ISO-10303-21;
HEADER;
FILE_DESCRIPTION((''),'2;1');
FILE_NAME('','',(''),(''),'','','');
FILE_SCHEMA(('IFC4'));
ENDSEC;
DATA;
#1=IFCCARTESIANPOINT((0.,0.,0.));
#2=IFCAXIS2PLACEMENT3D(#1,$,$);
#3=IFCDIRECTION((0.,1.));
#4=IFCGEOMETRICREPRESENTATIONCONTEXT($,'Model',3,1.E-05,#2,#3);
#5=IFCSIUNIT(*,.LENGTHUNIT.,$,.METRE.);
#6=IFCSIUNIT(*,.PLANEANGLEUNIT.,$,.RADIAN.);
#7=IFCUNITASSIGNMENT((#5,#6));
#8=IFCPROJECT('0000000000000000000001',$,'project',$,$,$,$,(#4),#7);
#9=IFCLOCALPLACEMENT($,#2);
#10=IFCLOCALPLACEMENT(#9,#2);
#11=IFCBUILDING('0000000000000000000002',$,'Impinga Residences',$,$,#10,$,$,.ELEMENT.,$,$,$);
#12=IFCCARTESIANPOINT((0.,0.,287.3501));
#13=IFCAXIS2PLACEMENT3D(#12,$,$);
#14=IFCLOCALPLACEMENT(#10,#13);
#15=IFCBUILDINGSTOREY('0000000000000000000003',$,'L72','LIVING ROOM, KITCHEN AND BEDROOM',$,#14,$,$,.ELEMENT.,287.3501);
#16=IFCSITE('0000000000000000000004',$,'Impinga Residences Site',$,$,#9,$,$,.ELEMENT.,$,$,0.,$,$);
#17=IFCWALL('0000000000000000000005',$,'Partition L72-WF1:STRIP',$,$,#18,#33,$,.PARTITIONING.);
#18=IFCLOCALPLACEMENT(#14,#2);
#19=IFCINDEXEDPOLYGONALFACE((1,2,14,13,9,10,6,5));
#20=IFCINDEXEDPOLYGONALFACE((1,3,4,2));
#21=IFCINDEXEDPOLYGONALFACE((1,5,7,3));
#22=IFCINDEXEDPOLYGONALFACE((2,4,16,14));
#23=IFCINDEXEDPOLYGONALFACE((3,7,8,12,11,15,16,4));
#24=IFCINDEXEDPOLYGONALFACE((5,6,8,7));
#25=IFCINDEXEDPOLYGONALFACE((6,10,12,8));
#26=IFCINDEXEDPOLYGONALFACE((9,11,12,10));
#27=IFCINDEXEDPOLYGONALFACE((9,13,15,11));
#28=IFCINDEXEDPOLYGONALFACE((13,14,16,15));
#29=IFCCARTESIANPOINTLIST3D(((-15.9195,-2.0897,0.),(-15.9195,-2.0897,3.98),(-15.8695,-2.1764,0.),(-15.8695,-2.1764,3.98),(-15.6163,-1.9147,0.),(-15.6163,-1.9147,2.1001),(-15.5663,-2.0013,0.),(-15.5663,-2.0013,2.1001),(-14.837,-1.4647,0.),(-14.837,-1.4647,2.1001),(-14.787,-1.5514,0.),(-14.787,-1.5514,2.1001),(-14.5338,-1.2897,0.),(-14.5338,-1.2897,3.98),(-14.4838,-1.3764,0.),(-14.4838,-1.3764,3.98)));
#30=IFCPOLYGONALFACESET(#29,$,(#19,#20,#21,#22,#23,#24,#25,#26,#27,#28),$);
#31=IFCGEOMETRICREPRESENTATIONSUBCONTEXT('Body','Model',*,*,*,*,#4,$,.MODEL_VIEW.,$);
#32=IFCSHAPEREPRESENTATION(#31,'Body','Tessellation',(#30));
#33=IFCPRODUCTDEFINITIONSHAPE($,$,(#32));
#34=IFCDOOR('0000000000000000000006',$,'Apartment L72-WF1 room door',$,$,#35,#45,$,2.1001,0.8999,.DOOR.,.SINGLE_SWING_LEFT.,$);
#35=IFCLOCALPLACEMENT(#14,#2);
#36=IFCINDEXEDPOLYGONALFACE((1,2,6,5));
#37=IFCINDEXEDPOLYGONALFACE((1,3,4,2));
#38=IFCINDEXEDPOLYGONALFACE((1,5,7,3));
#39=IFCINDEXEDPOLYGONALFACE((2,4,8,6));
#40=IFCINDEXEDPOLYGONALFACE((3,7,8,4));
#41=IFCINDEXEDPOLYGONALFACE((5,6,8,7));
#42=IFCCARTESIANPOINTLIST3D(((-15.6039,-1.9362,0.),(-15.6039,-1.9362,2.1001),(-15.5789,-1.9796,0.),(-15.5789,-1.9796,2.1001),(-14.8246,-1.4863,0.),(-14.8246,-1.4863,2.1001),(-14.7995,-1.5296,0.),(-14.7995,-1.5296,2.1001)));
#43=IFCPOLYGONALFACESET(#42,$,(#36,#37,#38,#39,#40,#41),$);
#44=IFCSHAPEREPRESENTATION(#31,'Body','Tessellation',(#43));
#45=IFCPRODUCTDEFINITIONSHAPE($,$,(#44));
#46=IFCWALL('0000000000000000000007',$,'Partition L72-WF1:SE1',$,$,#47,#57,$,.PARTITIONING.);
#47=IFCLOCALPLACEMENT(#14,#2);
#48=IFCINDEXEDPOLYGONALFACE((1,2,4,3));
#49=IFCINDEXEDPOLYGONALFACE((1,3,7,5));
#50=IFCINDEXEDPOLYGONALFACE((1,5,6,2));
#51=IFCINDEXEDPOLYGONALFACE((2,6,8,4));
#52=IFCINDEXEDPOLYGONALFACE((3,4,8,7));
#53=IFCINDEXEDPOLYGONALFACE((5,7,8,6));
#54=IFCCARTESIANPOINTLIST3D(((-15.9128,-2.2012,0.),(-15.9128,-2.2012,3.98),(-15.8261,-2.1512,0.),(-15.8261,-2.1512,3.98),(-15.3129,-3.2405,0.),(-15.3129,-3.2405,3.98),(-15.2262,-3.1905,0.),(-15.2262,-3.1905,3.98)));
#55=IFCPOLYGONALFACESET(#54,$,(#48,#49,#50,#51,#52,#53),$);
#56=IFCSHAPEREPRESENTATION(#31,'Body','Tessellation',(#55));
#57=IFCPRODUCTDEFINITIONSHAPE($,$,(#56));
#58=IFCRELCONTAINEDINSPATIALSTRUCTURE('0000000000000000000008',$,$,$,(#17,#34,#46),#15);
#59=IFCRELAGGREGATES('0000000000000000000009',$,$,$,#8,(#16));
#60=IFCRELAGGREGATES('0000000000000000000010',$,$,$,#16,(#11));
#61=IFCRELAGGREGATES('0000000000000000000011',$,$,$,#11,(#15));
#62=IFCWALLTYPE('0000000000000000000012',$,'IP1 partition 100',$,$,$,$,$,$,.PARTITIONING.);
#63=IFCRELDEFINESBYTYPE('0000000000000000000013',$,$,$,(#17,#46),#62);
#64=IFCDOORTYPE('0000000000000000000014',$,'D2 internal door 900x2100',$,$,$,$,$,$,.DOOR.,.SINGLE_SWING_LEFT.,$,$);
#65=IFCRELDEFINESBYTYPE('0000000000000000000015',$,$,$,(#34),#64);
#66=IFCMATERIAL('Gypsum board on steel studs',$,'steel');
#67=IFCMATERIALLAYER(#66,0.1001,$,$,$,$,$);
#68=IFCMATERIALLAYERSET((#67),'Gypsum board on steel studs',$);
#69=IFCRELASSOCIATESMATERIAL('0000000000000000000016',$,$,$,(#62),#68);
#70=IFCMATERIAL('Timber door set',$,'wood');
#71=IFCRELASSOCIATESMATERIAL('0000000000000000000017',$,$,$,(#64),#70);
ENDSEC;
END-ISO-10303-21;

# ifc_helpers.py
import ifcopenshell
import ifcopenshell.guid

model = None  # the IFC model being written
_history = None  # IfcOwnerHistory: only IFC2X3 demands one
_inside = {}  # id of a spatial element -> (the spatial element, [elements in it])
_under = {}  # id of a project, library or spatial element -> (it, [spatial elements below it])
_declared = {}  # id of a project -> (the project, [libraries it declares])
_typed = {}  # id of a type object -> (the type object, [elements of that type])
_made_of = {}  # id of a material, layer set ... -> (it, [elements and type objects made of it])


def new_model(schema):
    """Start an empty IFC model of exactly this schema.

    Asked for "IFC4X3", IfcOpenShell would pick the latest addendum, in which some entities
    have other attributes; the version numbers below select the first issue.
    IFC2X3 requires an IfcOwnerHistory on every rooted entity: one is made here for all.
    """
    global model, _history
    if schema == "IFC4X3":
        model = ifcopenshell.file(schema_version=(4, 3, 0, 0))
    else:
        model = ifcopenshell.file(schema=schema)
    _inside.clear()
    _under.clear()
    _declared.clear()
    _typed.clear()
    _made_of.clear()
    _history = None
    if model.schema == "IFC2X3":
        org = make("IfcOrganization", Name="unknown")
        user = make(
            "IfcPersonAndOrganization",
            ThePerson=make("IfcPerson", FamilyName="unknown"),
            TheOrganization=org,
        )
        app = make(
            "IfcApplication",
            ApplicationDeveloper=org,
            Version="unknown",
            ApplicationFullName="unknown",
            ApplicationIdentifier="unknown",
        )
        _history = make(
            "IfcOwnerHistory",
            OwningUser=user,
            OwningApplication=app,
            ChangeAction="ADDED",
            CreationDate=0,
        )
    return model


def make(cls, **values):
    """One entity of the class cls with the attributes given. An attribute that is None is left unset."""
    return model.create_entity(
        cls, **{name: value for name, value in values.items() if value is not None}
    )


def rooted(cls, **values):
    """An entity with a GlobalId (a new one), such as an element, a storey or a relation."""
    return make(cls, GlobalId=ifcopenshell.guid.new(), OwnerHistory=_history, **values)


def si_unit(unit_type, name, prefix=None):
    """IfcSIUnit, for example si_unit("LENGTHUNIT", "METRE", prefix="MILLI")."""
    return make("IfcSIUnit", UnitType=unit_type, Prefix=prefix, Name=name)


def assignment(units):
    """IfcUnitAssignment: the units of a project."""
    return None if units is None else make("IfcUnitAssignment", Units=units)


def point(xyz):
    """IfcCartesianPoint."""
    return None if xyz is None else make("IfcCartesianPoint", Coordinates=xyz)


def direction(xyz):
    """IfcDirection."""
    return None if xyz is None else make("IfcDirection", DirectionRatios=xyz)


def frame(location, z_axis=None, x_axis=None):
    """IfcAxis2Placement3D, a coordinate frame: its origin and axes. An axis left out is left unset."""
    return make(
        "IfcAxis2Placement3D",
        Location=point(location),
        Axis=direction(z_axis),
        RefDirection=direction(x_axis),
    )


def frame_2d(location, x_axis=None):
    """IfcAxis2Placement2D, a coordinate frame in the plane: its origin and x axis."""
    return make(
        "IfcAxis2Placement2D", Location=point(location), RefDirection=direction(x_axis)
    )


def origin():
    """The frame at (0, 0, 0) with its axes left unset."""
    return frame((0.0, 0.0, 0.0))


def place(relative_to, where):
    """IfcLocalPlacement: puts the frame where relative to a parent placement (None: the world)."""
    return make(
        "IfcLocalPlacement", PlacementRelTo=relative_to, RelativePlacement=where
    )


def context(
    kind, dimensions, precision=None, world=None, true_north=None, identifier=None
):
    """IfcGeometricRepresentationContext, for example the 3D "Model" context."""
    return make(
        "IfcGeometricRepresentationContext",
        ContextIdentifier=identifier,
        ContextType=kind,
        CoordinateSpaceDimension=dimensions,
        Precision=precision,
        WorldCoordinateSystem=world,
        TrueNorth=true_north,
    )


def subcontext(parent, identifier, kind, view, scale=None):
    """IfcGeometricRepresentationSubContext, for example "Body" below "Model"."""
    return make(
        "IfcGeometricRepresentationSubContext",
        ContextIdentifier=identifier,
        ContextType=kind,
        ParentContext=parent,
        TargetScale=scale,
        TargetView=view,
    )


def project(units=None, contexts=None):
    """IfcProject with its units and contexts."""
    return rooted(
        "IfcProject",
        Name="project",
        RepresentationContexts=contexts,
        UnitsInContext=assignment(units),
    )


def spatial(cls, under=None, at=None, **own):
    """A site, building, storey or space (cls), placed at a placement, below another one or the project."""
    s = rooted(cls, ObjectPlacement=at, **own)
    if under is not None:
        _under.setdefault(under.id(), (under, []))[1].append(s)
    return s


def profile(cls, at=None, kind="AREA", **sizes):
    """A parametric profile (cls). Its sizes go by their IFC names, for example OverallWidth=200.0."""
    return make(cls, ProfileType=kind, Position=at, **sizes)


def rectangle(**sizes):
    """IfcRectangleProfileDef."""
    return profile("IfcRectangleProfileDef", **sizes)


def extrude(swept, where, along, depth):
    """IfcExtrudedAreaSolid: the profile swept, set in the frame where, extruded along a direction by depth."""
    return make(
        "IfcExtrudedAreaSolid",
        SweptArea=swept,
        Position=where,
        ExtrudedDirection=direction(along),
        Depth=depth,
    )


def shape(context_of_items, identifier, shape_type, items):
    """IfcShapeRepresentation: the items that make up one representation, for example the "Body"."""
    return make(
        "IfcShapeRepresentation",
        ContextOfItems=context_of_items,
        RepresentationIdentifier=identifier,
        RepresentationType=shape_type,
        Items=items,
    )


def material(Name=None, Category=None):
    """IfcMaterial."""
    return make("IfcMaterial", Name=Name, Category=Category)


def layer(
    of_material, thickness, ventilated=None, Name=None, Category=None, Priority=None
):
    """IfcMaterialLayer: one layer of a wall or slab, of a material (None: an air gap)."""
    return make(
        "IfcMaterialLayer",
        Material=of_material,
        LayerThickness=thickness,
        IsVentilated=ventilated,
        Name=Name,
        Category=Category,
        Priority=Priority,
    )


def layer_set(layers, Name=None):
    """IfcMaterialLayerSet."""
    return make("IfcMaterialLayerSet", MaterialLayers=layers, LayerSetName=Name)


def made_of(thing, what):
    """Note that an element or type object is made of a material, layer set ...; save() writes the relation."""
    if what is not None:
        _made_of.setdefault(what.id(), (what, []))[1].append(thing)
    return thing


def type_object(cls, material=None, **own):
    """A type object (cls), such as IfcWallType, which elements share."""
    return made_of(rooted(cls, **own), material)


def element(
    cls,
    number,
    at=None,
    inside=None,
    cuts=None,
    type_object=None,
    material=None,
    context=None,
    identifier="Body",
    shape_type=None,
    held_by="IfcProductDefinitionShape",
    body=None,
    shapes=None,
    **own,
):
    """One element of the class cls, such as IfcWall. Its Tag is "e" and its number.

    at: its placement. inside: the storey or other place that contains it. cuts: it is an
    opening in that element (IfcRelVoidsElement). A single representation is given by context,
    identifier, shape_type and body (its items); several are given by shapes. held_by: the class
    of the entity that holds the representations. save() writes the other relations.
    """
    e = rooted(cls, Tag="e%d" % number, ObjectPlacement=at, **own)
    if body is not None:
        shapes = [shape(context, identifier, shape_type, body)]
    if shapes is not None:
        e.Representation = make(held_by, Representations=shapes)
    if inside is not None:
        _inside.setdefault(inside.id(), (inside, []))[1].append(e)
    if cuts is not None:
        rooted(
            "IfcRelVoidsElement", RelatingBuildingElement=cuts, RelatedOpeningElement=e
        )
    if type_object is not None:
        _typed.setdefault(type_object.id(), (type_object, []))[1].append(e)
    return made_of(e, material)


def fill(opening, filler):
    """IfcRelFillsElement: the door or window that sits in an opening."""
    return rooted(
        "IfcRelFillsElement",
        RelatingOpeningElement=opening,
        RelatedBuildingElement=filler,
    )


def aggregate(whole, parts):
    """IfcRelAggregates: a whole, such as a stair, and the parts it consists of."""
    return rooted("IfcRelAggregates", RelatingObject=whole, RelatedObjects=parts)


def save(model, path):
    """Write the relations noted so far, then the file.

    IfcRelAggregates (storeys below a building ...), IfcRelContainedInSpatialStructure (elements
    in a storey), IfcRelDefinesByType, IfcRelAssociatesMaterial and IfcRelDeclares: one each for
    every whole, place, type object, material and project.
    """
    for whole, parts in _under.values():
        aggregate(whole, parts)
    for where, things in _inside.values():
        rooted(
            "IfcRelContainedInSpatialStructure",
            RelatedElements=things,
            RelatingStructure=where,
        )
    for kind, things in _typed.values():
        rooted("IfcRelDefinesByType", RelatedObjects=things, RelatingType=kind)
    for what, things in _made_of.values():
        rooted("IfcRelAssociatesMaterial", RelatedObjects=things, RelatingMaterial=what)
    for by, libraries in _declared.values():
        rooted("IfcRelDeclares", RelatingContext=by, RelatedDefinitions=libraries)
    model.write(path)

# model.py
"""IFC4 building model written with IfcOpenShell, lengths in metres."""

from ifc_helpers import new_model, si_unit, direction, frame, frame_2d, origin, place, context, subcontext, project, spatial, rectangle, extrude, material, layer, layer_set, type_object, element, fill, save


model = new_model("IFC4")

# Units and contexts
model_context = context("Model", 3, precision=1e-05, world=origin(), true_north=direction((0.0, 1.0)))
body_context = subcontext(model_context, "Body", "Model", "MODEL_VIEW")
ifc_project = project(units=[si_unit("LENGTHUNIT", "METRE"), si_unit("PLANEANGLEUNIT", "RADIAN")], contexts=[model_context])

# Site, building, storey
site_placement = place(None, origin())
site = spatial("IfcSite", under=ifc_project, at=site_placement, Name="Impinga Residences Site", CompositionType="ELEMENT", RefElevation=0.0)
building_placement = place(site_placement, origin())
building = spatial("IfcBuilding", under=site, at=building_placement, Name="Impinga Residences", CompositionType="ELEMENT")
storey_placement = place(building_placement, frame((0.0, 0.0, 287.3501)))
storey = spatial("IfcBuildingStorey", under=building, at=storey_placement, Name="L72", Description="LIVING ROOM, KITCHEN AND BEDROOM", CompositionType="ELEMENT", Elevation=287.3501)

# Shared definitions
ifc_material_1 = material(Name="Gypsum board on steel studs", Category="steel")
ifc_layer_1 = layer(ifc_material_1, 0.1001)
ifc_layer_set_1 = layer_set([ifc_layer_1], Name="Gypsum board on steel studs")
wall_type_1 = type_object("IfcWallType", Name="IP1 partition 100", PredefinedType="PARTITIONING", material=ifc_layer_set_1)

# Wall, opening, door
wall_1_placement = place(storey_placement, frame((-14.5088, -1.333, 0.0), z_axis=(0.0, 0.0, 1.0), x_axis=(-0.866028, -0.499995, 0.0)))
wall_1 = element("IfcWall", 1, at=wall_1_placement, inside=storey, type_object=wall_type_1, Name="Partition L72-WF1:STRIP", PredefinedType="PARTITIONING", context=body_context, shape_type="SweptSolid", body=[
    extrude(rectangle(XDim=1.6001, YDim=0.1001, at=frame_2d((0.8, 0.0))), origin(), (0.0, 0.0, 1.0), 3.98),
])
opening_placement = place(wall_1_placement, frame((0.3501, 0.0, 0.0)))
opening = element("IfcOpeningElement", 2, at=opening_placement, cuts=wall_1, PredefinedType="OPENING", context=body_context, shape_type="SweptSolid", body=[
    extrude(rectangle(XDim=0.8999, YDim=2.1001, at=frame_2d((0.45, 1.05))), frame((0.0, 0.0601, 0.0), z_axis=(0.0, -1.0, 0.0), x_axis=(1.0, 0.0, 0.0)), (0.0, 0.0, 1.0), 0.1201),
])
ifc_material_2 = material(Name="Timber door set", Category="wood")
door_type = type_object("IfcDoorType", Name="D2 internal door 900x2100", OperationType="SINGLE_SWING_LEFT", PredefinedType="DOOR", material=ifc_material_2)
door_placement = place(opening_placement, origin())
door = element("IfcDoor", 3, at=door_placement, inside=storey, type_object=door_type, Name="Apartment L72-WF1 room door", OperationType="SINGLE_SWING_LEFT", OverallHeight=2.1001, OverallWidth=0.8999, PredefinedType="DOOR", context=body_context, shape_type="SweptSolid", body=[
    extrude(rectangle(XDim=0.8999, YDim=2.1001, at=frame_2d((0.45, 1.05))), frame((0.0, 0.0249, 0.0), z_axis=(0.0, -1.0, 0.0), x_axis=(1.0, 0.0, 0.0)), (0.0, 0.0, 1.0), 0.05),
])
fill(opening, door)

# Wall
wall_2_placement = place(storey_placement, frame((-15.2695, -3.2156, 0.0), z_axis=(0.0, 0.0, 1.0), x_axis=(-0.499881, 0.866094, 0.0)))
element("IfcWall", 4, at=wall_2_placement, inside=storey, type_object=wall_type_1, Name="Partition L72-WF1:SE1", PredefinedType="PARTITIONING", context=body_context, shape_type="SweptSolid", body=[
    extrude(rectangle(XDim=1.2, YDim=0.1001, at=frame_2d((0.6001, 0.0))), origin(), (0.0, 0.0, 1.0), 3.98),
])

save(model, "model.ifc")
